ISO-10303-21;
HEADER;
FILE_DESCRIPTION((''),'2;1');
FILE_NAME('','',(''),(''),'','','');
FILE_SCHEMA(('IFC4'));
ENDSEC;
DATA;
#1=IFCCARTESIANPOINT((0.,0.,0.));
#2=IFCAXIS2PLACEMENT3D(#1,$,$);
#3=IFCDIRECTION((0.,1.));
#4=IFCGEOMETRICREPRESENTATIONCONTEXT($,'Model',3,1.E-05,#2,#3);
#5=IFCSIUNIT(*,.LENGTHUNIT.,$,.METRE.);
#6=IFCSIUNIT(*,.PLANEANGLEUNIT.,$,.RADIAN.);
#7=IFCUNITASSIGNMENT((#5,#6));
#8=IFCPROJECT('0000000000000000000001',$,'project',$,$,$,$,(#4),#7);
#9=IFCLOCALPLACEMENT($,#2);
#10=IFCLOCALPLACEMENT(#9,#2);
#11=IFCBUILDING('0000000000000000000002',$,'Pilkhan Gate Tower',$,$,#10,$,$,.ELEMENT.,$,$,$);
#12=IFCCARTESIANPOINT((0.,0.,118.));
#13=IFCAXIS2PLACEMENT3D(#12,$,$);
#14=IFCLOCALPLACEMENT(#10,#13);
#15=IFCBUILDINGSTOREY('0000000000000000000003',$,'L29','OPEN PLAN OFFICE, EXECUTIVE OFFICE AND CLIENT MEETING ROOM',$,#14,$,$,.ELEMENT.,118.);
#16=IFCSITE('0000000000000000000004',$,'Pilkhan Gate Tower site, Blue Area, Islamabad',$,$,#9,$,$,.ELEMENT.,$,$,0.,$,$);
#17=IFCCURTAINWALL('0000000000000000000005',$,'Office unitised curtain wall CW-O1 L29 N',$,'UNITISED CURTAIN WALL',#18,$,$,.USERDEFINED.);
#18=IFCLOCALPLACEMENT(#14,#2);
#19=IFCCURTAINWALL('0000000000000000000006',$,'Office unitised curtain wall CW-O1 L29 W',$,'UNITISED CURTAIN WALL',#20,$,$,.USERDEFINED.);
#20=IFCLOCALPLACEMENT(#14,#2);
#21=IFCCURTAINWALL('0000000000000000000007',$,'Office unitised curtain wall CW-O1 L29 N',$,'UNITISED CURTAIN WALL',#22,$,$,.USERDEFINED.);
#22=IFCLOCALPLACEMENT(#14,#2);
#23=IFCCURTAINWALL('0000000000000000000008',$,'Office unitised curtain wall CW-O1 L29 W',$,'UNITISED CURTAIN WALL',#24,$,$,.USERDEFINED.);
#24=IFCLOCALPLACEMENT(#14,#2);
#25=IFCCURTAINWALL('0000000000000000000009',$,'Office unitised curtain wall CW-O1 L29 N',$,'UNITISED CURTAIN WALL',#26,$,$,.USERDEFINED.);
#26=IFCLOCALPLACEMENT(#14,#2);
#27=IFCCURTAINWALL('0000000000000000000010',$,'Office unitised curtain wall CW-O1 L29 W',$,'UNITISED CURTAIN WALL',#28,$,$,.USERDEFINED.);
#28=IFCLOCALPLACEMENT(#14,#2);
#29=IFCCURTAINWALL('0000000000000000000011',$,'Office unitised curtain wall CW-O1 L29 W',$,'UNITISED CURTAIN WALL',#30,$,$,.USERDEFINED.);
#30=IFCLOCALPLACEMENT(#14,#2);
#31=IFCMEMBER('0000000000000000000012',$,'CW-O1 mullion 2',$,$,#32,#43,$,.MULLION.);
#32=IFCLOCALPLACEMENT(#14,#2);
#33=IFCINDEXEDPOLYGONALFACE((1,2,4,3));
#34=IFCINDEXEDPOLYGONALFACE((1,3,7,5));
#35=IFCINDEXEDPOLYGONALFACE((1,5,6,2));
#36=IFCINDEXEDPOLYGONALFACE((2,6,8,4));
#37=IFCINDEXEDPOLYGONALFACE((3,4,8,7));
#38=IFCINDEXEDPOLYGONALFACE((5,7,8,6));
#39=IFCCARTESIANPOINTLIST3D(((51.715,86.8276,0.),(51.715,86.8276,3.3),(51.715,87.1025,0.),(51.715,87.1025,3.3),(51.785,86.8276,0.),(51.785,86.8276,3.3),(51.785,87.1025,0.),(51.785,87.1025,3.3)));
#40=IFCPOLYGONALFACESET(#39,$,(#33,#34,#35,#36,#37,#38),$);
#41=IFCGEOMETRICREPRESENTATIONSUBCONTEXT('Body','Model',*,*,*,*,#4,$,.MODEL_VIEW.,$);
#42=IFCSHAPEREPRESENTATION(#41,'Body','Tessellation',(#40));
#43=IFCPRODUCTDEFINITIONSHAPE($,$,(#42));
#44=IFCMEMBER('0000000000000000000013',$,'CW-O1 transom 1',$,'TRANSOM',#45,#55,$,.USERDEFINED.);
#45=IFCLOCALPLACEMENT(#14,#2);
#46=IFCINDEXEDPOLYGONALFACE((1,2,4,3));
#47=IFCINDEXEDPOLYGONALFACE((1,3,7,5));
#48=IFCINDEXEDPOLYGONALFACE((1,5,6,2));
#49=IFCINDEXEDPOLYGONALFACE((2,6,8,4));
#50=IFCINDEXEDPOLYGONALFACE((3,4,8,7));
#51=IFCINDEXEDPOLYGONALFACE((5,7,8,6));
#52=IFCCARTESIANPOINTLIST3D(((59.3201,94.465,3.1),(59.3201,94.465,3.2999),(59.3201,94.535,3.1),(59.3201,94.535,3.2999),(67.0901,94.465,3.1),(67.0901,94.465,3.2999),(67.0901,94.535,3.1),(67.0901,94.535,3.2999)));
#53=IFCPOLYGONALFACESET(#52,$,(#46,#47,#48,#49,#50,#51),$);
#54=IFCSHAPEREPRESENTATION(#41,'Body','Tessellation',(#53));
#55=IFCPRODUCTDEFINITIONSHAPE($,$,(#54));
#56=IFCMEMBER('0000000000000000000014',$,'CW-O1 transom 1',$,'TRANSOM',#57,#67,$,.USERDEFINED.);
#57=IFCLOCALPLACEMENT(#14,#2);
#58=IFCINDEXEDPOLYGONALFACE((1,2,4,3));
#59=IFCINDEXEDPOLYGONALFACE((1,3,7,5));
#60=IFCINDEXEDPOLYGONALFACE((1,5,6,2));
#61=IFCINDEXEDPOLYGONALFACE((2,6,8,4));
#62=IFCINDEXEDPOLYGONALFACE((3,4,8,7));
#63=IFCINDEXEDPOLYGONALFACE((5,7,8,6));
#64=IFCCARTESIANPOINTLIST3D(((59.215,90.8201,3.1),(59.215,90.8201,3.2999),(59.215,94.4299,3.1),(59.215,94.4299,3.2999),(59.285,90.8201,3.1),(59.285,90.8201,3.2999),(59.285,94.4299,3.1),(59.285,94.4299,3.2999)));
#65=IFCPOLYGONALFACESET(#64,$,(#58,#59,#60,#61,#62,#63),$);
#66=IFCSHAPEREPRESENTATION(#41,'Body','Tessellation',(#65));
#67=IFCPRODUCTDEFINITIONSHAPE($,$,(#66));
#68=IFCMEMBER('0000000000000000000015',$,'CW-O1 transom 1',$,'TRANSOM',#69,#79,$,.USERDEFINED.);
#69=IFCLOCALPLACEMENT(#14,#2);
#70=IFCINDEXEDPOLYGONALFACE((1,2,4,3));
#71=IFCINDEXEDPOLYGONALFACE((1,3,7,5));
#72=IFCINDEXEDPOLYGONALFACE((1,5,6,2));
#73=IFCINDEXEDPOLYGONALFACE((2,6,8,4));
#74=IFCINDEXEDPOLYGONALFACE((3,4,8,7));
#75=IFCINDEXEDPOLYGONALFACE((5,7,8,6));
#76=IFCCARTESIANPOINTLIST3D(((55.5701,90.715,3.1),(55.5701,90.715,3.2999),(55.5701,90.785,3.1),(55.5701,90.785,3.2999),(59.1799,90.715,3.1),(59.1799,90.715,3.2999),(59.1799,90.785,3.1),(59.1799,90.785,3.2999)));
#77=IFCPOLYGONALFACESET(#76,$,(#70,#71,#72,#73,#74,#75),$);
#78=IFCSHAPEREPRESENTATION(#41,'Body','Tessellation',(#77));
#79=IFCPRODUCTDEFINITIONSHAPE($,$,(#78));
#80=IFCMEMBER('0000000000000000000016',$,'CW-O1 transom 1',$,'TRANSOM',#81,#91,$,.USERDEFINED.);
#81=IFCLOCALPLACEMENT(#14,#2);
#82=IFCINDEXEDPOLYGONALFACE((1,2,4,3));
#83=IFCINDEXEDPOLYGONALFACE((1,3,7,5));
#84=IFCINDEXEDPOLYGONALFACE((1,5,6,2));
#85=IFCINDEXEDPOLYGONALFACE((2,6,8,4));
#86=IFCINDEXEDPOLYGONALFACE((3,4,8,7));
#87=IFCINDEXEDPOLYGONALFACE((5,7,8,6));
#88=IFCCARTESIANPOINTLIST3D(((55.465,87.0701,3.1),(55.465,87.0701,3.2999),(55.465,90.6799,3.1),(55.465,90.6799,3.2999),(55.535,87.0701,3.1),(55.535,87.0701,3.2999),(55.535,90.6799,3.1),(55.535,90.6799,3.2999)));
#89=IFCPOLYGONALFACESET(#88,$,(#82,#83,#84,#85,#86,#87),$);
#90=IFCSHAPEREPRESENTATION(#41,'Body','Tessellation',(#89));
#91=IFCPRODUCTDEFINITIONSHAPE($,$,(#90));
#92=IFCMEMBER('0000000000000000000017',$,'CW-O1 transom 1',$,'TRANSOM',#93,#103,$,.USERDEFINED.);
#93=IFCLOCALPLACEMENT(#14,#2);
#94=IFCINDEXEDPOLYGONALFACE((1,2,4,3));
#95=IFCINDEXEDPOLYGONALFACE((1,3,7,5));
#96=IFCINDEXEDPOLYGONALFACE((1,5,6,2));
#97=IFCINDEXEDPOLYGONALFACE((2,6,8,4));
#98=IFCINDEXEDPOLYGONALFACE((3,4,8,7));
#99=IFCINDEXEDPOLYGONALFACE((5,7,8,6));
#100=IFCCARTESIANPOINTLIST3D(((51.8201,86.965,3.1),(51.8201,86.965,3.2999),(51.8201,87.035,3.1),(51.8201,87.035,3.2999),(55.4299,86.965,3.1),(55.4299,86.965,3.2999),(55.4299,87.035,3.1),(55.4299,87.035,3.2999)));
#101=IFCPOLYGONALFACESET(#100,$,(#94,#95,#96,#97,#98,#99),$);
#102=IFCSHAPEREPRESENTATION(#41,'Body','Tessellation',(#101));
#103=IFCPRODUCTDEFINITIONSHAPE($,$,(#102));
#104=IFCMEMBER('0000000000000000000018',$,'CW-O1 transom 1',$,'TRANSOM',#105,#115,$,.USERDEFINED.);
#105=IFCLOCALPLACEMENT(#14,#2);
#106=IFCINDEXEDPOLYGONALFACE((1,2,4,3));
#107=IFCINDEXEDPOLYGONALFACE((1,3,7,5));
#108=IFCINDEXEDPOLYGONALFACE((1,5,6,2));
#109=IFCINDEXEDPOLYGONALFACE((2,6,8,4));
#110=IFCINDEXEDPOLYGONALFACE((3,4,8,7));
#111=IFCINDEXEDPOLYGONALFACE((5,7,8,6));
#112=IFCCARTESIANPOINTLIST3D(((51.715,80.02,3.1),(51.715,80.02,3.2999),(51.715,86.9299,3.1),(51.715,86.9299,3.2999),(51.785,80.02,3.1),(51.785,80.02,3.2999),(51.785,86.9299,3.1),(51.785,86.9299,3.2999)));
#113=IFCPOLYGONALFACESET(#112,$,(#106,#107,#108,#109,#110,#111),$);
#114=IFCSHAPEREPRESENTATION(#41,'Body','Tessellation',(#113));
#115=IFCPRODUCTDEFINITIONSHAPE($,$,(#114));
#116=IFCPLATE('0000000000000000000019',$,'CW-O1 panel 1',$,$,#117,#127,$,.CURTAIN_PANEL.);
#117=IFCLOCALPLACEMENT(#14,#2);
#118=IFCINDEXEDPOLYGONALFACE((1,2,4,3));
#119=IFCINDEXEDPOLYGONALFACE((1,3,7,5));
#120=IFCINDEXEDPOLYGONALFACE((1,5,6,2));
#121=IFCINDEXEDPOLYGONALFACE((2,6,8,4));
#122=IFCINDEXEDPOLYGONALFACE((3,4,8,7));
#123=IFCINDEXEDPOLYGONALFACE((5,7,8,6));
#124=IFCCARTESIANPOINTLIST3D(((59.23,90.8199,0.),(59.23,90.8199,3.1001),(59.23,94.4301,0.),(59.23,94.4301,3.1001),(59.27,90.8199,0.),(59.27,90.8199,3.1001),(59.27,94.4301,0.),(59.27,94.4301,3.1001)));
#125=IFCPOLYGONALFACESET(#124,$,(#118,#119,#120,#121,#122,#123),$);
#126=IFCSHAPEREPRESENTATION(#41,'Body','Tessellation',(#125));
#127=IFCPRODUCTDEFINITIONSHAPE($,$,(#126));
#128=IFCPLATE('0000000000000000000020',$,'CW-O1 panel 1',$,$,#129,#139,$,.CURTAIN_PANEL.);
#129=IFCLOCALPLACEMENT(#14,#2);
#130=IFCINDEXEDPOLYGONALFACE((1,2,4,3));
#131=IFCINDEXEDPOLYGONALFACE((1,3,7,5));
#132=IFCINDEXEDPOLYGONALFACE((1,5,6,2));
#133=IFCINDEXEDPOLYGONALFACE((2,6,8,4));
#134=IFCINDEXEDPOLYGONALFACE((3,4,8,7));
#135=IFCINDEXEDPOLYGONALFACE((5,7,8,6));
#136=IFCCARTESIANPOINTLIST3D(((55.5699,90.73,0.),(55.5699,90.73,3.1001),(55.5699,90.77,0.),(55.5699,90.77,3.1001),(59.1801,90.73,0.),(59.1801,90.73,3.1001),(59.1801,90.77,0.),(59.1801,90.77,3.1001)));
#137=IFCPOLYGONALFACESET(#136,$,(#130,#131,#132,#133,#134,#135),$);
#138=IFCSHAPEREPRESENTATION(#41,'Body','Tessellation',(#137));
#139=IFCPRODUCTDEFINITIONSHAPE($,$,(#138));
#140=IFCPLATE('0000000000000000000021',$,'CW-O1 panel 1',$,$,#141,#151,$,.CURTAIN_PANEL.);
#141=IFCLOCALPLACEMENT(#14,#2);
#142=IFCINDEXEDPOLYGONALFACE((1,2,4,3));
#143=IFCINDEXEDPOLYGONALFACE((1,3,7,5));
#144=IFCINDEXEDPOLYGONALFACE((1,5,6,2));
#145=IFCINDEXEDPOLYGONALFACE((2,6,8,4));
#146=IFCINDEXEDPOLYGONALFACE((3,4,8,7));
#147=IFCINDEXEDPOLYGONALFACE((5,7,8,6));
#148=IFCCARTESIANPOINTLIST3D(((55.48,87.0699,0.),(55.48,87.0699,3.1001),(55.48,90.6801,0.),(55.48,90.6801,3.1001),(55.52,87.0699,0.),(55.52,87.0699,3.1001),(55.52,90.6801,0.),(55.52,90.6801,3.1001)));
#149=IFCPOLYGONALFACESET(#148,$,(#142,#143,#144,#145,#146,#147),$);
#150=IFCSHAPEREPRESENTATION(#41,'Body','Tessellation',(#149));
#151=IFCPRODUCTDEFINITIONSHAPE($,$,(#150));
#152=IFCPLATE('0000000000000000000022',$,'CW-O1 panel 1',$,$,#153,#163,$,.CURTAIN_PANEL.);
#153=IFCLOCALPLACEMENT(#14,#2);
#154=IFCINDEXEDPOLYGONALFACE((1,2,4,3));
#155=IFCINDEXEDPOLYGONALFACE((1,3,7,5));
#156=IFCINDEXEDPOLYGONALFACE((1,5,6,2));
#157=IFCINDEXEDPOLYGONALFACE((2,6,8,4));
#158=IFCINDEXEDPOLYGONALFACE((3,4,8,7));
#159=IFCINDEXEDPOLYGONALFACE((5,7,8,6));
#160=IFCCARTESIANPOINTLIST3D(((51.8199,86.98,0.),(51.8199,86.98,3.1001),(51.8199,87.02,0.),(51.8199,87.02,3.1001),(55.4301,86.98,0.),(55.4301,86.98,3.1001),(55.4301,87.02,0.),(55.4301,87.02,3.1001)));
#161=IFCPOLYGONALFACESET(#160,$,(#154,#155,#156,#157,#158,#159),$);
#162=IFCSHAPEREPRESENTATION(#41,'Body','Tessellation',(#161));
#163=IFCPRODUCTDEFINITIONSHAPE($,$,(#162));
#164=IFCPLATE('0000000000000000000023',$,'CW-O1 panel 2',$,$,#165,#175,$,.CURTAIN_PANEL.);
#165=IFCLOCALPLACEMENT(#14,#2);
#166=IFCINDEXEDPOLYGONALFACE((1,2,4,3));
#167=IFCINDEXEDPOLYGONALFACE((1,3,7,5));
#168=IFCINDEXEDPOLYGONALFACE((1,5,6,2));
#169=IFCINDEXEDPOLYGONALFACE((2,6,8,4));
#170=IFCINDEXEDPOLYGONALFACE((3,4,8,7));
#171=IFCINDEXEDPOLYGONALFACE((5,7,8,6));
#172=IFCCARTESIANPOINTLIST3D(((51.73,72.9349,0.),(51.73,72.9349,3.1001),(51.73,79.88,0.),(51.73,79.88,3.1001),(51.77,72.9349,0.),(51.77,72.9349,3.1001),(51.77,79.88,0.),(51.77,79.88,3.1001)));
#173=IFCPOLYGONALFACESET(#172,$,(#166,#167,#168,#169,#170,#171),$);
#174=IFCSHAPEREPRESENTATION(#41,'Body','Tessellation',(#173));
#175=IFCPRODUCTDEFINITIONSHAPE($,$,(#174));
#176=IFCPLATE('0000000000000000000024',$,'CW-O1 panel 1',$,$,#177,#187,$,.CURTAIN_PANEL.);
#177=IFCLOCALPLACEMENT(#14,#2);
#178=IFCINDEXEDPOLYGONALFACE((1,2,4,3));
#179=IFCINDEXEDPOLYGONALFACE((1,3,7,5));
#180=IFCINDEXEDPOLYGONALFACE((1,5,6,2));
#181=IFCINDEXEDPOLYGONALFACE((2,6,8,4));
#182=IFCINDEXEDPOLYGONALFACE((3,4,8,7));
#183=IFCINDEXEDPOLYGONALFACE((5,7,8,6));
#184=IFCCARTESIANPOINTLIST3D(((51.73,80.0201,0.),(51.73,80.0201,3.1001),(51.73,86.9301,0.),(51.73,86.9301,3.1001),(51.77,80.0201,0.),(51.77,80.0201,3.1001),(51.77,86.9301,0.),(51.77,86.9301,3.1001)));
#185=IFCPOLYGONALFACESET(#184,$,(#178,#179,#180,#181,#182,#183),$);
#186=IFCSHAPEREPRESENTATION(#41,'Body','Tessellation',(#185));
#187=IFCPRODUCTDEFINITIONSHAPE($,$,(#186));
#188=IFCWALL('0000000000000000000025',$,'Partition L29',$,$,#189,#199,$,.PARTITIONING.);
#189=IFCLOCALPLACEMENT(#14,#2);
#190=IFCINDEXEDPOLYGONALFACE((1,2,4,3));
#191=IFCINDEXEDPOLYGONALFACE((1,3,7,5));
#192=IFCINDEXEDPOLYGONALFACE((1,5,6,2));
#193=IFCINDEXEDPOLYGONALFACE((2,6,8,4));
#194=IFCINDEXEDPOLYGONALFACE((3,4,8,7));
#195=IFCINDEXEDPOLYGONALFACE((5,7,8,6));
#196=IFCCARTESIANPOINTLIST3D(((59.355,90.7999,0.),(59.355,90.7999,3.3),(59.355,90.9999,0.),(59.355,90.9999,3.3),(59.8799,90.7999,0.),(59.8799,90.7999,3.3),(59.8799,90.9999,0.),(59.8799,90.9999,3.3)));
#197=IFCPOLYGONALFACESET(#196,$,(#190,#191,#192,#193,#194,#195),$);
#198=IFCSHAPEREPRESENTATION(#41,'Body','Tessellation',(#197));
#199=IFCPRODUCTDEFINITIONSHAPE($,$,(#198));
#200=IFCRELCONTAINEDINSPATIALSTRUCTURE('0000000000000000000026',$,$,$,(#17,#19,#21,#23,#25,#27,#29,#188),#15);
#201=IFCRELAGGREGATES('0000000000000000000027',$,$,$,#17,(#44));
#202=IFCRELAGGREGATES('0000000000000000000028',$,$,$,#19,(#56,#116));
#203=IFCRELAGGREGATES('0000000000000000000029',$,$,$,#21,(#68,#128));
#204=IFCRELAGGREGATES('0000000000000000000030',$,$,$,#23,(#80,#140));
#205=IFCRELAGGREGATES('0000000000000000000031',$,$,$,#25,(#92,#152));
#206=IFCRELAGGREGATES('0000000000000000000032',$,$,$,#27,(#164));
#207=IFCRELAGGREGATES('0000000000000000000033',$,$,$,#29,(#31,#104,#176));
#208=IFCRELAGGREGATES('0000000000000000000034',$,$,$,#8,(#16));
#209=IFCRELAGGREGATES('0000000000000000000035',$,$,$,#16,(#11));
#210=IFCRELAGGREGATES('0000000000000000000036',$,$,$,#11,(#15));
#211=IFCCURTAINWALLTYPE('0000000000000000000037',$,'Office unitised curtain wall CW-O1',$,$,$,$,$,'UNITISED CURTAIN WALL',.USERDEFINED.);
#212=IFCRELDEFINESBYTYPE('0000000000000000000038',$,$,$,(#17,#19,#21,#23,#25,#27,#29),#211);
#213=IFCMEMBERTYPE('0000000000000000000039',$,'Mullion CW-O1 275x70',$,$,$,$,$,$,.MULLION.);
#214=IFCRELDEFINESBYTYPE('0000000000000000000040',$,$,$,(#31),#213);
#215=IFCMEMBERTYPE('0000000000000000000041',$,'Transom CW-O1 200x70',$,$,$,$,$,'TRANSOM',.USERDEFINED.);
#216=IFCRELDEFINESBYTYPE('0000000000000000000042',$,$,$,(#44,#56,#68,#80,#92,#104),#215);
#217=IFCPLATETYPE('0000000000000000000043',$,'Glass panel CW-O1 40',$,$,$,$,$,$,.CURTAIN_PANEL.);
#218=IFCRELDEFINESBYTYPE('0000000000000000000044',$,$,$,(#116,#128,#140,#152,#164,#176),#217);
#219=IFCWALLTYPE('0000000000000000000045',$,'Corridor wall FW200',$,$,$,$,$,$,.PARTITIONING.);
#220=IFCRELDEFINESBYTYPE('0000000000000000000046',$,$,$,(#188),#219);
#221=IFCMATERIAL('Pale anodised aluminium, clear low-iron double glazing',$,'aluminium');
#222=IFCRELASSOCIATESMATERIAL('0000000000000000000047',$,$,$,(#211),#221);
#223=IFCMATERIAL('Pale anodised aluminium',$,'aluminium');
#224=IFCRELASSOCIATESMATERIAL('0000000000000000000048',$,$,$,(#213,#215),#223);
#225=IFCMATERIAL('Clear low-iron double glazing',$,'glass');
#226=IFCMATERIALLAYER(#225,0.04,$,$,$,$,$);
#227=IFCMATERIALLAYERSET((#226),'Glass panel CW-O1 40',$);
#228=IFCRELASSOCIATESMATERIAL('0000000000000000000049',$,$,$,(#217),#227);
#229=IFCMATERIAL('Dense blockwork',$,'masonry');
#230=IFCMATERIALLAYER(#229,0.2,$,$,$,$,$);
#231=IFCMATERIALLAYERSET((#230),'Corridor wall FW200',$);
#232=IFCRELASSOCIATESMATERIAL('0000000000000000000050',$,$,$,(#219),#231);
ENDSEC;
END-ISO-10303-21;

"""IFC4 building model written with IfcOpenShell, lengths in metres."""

from ifc_helpers import new_model, si_unit, direction, frame, frame_2d, origin, origin_2d, place, context, subcontext, project, spatial, rectangle, extrude, material, layer, layer_set, material_profile, profile_set, type_object, element, aggregate, save


model = new_model("IFC4")

# Units and contexts
model_context = context("Model", 3, precision=1e-05, world=origin(), true_north=direction((0.0, 1.0)))
body_context = subcontext(model_context, "Body", "Model", "MODEL_VIEW")
ifc_project = project(units=[si_unit("LENGTHUNIT", "METRE"), si_unit("PLANEANGLEUNIT", "RADIAN")], contexts=[model_context])

# Site, building, storey
site_placement = place(None, origin())
site = spatial("IfcSite", under=ifc_project, at=site_placement, Name="Pilkhan Gate Tower site, Blue Area, Islamabad", CompositionType="ELEMENT", RefElevation=0.0)
building_placement = place(site_placement, origin())
building = spatial("IfcBuilding", under=site, at=building_placement, Name="Pilkhan Gate Tower", CompositionType="ELEMENT")
storey_placement = place(building_placement, frame((0.0, 0.0, 118.0)))
storey = spatial("IfcBuildingStorey", under=building, at=storey_placement, Name="L29", Description="OPEN PLAN OFFICE, EXECUTIVE OFFICE AND CLIENT MEETING ROOM", CompositionType="ELEMENT", Elevation=118.0)

# Curtain wall
ifc_material_1 = material(Name="Pale anodised aluminium, clear low-iron double glazing", Category="aluminium")
curtain_wall_type = type_object("IfcCurtainWallType", Name="Office unitised curtain wall CW-O1", ElementType="UNITISED CURTAIN WALL", PredefinedType="USERDEFINED", material=ifc_material_1)
curtain_wall_1_placement = place(storey_placement, origin())
curtain_wall_1 = element("IfcCurtainWall", 1, at=curtain_wall_1_placement, inside=storey, type_object=curtain_wall_type, Name="Office unitised curtain wall CW-O1 L29 N", ObjectType="UNITISED CURTAIN WALL", PredefinedType="USERDEFINED")
ifc_material_2 = material(Name="Pale anodised aluminium", Category="aluminium")
ifc_material_profile_1 = material_profile(ifc_material_2, rectangle(XDim=0.0701, YDim=0.2749, at=origin_2d()), Name="Mullion 275x70")
ifc_profile_set_1 = profile_set([ifc_material_profile_1], Name="Pale anodised aluminium")
member_type_1 = type_object("IfcMemberType", Name="Mullion CW-O1 275x70", PredefinedType="MULLION", material=ifc_profile_set_1)

# Curtain walls
curtain_wall_2_placement = place(storey_placement, origin())
curtain_wall_2 = element("IfcCurtainWall", 2, at=curtain_wall_2_placement, inside=storey, type_object=curtain_wall_type, Name="Office unitised curtain wall CW-O1 L29 W", ObjectType="UNITISED CURTAIN WALL", PredefinedType="USERDEFINED")
curtain_wall_3_placement = place(storey_placement, origin())
curtain_wall_3 = element("IfcCurtainWall", 3, at=curtain_wall_3_placement, inside=storey, type_object=curtain_wall_type, Name="Office unitised curtain wall CW-O1 L29 N", ObjectType="UNITISED CURTAIN WALL", PredefinedType="USERDEFINED")
curtain_wall_4_placement = place(storey_placement, origin())
curtain_wall_4 = element("IfcCurtainWall", 4, at=curtain_wall_4_placement, inside=storey, type_object=curtain_wall_type, Name="Office unitised curtain wall CW-O1 L29 W", ObjectType="UNITISED CURTAIN WALL", PredefinedType="USERDEFINED")
curtain_wall_5_placement = place(storey_placement, origin())
curtain_wall_5 = element("IfcCurtainWall", 5, at=curtain_wall_5_placement, inside=storey, type_object=curtain_wall_type, Name="Office unitised curtain wall CW-O1 L29 N", ObjectType="UNITISED CURTAIN WALL", PredefinedType="USERDEFINED")

# Curtain wall
curtain_wall_6_placement = place(storey_placement, origin())
curtain_wall_6 = element("IfcCurtainWall", 6, at=curtain_wall_6_placement, inside=storey, type_object=curtain_wall_type, Name="Office unitised curtain wall CW-O1 L29 W", ObjectType="UNITISED CURTAIN WALL", PredefinedType="USERDEFINED")

# Curtain wall, member
curtain_wall_7_placement = place(storey_placement, origin())
curtain_wall_7 = element("IfcCurtainWall", 7, at=curtain_wall_7_placement, inside=storey, type_object=curtain_wall_type, Name="Office unitised curtain wall CW-O1 L29 W", ObjectType="UNITISED CURTAIN WALL", PredefinedType="USERDEFINED")
member_1_placement = place(storey_placement, frame((51.75, 86.9651, 0.0), z_axis=(0.0, 0.0, 1.0), x_axis=(-1.0, 0.0, 0.0)))
member_1 = element("IfcMember", 8, at=member_1_placement, type_object=member_type_1, Name="CW-O1 mullion 2", PredefinedType="MULLION", context=body_context, shape_type="SweptSolid", body=[
    extrude(rectangle(XDim=0.0701, YDim=0.2749, at=origin_2d()), origin(), (0.0, 0.0, 1.0), 3.3),
])

# Members
ifc_material_profile_2 = material_profile(ifc_material_2, rectangle(XDim=0.0701, YDim=0.2, at=origin_2d()), Name="Transom 200x70")
ifc_profile_set_2 = profile_set([ifc_material_profile_2], Name="Pale anodised aluminium")
member_type_2 = type_object("IfcMemberType", Name="Transom CW-O1 200x70", ElementType="TRANSOM", PredefinedType="USERDEFINED", material=ifc_profile_set_2)
member_2_placement = place(storey_placement, frame((59.3201, 94.5, 3.2), z_axis=(1.0, 0.0, 0.0), x_axis=(0.0, 1.0, 0.0)))
member_2 = element("IfcMember", 9, at=member_2_placement, type_object=member_type_2, Name="CW-O1 transom 1", ObjectType="TRANSOM", PredefinedType="USERDEFINED", context=body_context, shape_type="SweptSolid", body=[
    extrude(rectangle(XDim=0.0701, YDim=0.2, at=origin_2d()), origin(), (0.0, 0.0, 1.0), 7.77),
])
aggregate(curtain_wall_1, [member_2])
member_3_placement = place(storey_placement, frame((59.25, 90.8201, 3.2), z_axis=(0.0, 1.0, 0.0), x_axis=(-1.0, 0.0, 0.0)))
member_3 = element("IfcMember", 10, at=member_3_placement, type_object=member_type_2, Name="CW-O1 transom 1", ObjectType="TRANSOM", PredefinedType="USERDEFINED", context=body_context, shape_type="SweptSolid", body=[
    extrude(rectangle(XDim=0.0701, YDim=0.2, at=origin_2d()), origin(), (0.0, 0.0, 1.0), 3.6099),
])
member_4_placement = place(storey_placement, frame((55.5701, 90.75, 3.2), z_axis=(1.0, 0.0, 0.0), x_axis=(0.0, 1.0, 0.0)))
member_4 = element("IfcMember", 11, at=member_4_placement, type_object=member_type_2, Name="CW-O1 transom 1", ObjectType="TRANSOM", PredefinedType="USERDEFINED", context=body_context, shape_type="SweptSolid", body=[
    extrude(rectangle(XDim=0.0701, YDim=0.2, at=origin_2d()), origin(), (0.0, 0.0, 1.0), 3.6099),
])
member_5_placement = place(storey_placement, frame((55.5, 87.0701, 3.2), z_axis=(0.0, 1.0, 0.0), x_axis=(-1.0, 0.0, 0.0)))
member_5 = element("IfcMember", 12, at=member_5_placement, type_object=member_type_2, Name="CW-O1 transom 1", ObjectType="TRANSOM", PredefinedType="USERDEFINED", context=body_context, shape_type="SweptSolid", body=[
    extrude(rectangle(XDim=0.0701, YDim=0.2, at=origin_2d()), origin(), (0.0, 0.0, 1.0), 3.6099),
])
member_6_placement = place(storey_placement, frame((51.8201, 87.0, 3.2), z_axis=(1.0, 0.0, 0.0), x_axis=(0.0, 1.0, 0.0)))
member_6 = element("IfcMember", 13, at=member_6_placement, type_object=member_type_2, Name="CW-O1 transom 1", ObjectType="TRANSOM", PredefinedType="USERDEFINED", context=body_context, shape_type="SweptSolid", body=[
    extrude(rectangle(XDim=0.0701, YDim=0.2, at=origin_2d()), origin(), (0.0, 0.0, 1.0), 3.6099),
])
member_7_placement = place(storey_placement, frame((51.75, 80.02, 3.2), z_axis=(0.0, 1.0, 0.0), x_axis=(-1.0, 0.0, 0.0)))
member_7 = element("IfcMember", 14, at=member_7_placement, type_object=member_type_2, Name="CW-O1 transom 1", ObjectType="TRANSOM", PredefinedType="USERDEFINED", context=body_context, shape_type="SweptSolid", body=[
    extrude(rectangle(XDim=0.0701, YDim=0.2, at=origin_2d()), origin(), (0.0, 0.0, 1.0), 6.9099),
])

# Plates
ifc_material_3 = material(Name="Clear low-iron double glazing", Category="glass")
ifc_layer_1 = layer(ifc_material_3, 0.04)
ifc_layer_set_1 = layer_set([ifc_layer_1], Name="Glass panel CW-O1 40")
plate_type = type_object("IfcPlateType", Name="Glass panel CW-O1 40", PredefinedType="CURTAIN_PANEL", material=ifc_layer_set_1)
plate_1_placement = place(storey_placement, frame((59.25, 92.625, 0.0), z_axis=(0.0, 0.0, 1.0), x_axis=(0.0, 1.0, 0.0)))
plate_1 = element("IfcPlate", 15, at=plate_1_placement, type_object=plate_type, Name="CW-O1 panel 1", PredefinedType="CURTAIN_PANEL", context=body_context, shape_type="SweptSolid", body=[
    extrude(rectangle(XDim=3.6101, YDim=0.04, at=origin_2d()), origin(), (0.0, 0.0, 1.0), 3.1001),
])
aggregate(curtain_wall_2, [member_3, plate_1])
plate_2_placement = place(storey_placement, frame((57.375, 90.75, 0.0), z_axis=(0.0, 0.0, 1.0), x_axis=(1.0, 0.0, 0.0)))
plate_2 = element("IfcPlate", 16, at=plate_2_placement, type_object=plate_type, Name="CW-O1 panel 1", PredefinedType="CURTAIN_PANEL", context=body_context, shape_type="SweptSolid", body=[
    extrude(rectangle(XDim=3.6101, YDim=0.04, at=origin_2d()), origin(), (0.0, 0.0, 1.0), 3.1001),
])
aggregate(curtain_wall_3, [member_4, plate_2])
plate_3_placement = place(storey_placement, frame((55.5, 88.875, 0.0), z_axis=(0.0, 0.0, 1.0), x_axis=(0.0, 1.0, 0.0)))
plate_3 = element("IfcPlate", 17, at=plate_3_placement, type_object=plate_type, Name="CW-O1 panel 1", PredefinedType="CURTAIN_PANEL", context=body_context, shape_type="SweptSolid", body=[
    extrude(rectangle(XDim=3.6101, YDim=0.04, at=origin_2d()), origin(), (0.0, 0.0, 1.0), 3.1001),
])
aggregate(curtain_wall_4, [member_5, plate_3])
plate_4_placement = place(storey_placement, frame((53.625, 87.0, 0.0), z_axis=(0.0, 0.0, 1.0), x_axis=(1.0, 0.0, 0.0)))
plate_4 = element("IfcPlate", 18, at=plate_4_placement, type_object=plate_type, Name="CW-O1 panel 1", PredefinedType="CURTAIN_PANEL", context=body_context, shape_type="SweptSolid", body=[
    extrude(rectangle(XDim=3.6101, YDim=0.04, at=origin_2d()), origin(), (0.0, 0.0, 1.0), 3.1001),
])
aggregate(curtain_wall_5, [member_6, plate_4])
plate_5_placement = place(storey_placement, frame((51.75, 76.4075, 0.0), z_axis=(0.0, 0.0, 1.0), x_axis=(0.0, 1.0, 0.0)))
plate_5 = element("IfcPlate", 19, at=plate_5_placement, type_object=plate_type, Name="CW-O1 panel 2", PredefinedType="CURTAIN_PANEL", context=body_context, shape_type="SweptSolid", body=[
    extrude(rectangle(XDim=6.9451, YDim=0.04, at=origin_2d()), origin(), (0.0, 0.0, 1.0), 3.1001),
])
aggregate(curtain_wall_6, [plate_5])
plate_6_placement = place(storey_placement, frame((51.75, 83.4751, 0.0), z_axis=(0.0, 0.0, 1.0), x_axis=(0.0, 1.0, 0.0)))
plate_6 = element("IfcPlate", 20, at=plate_6_placement, type_object=plate_type, Name="CW-O1 panel 1", PredefinedType="CURTAIN_PANEL", context=body_context, shape_type="SweptSolid", body=[
    extrude(rectangle(XDim=6.9099, YDim=0.04, at=origin_2d()), origin(), (0.0, 0.0, 1.0), 3.1001),
])
aggregate(curtain_wall_7, [member_1, member_7, plate_6])

# Wall
ifc_material_4 = material(Name="Dense blockwork", Category="masonry")
ifc_layer_2 = layer(ifc_material_4, 0.2)
ifc_layer_set_2 = layer_set([ifc_layer_2], Name="Corridor wall FW200")
wall_type_1 = type_object("IfcWallType", Name="Corridor wall FW200", PredefinedType="PARTITIONING", material=ifc_layer_set_2)
wall_1_placement = place(storey_placement, frame((59.355, 90.8999, 0.0), z_axis=(0.0, 0.0, 1.0), x_axis=(1.0, 0.0, 0.0)))
element("IfcWall", 21, at=wall_1_placement, inside=storey, type_object=wall_type_1, Name="Partition L29", PredefinedType="PARTITIONING", context=body_context, shape_type="SweptSolid", body=[
    extrude(rectangle(XDim=0.5249, YDim=0.2, at=frame_2d((0.2625, 0.0))), origin(), (0.0, 0.0, 1.0), 3.3),
])

save(model, "model.ifc")
